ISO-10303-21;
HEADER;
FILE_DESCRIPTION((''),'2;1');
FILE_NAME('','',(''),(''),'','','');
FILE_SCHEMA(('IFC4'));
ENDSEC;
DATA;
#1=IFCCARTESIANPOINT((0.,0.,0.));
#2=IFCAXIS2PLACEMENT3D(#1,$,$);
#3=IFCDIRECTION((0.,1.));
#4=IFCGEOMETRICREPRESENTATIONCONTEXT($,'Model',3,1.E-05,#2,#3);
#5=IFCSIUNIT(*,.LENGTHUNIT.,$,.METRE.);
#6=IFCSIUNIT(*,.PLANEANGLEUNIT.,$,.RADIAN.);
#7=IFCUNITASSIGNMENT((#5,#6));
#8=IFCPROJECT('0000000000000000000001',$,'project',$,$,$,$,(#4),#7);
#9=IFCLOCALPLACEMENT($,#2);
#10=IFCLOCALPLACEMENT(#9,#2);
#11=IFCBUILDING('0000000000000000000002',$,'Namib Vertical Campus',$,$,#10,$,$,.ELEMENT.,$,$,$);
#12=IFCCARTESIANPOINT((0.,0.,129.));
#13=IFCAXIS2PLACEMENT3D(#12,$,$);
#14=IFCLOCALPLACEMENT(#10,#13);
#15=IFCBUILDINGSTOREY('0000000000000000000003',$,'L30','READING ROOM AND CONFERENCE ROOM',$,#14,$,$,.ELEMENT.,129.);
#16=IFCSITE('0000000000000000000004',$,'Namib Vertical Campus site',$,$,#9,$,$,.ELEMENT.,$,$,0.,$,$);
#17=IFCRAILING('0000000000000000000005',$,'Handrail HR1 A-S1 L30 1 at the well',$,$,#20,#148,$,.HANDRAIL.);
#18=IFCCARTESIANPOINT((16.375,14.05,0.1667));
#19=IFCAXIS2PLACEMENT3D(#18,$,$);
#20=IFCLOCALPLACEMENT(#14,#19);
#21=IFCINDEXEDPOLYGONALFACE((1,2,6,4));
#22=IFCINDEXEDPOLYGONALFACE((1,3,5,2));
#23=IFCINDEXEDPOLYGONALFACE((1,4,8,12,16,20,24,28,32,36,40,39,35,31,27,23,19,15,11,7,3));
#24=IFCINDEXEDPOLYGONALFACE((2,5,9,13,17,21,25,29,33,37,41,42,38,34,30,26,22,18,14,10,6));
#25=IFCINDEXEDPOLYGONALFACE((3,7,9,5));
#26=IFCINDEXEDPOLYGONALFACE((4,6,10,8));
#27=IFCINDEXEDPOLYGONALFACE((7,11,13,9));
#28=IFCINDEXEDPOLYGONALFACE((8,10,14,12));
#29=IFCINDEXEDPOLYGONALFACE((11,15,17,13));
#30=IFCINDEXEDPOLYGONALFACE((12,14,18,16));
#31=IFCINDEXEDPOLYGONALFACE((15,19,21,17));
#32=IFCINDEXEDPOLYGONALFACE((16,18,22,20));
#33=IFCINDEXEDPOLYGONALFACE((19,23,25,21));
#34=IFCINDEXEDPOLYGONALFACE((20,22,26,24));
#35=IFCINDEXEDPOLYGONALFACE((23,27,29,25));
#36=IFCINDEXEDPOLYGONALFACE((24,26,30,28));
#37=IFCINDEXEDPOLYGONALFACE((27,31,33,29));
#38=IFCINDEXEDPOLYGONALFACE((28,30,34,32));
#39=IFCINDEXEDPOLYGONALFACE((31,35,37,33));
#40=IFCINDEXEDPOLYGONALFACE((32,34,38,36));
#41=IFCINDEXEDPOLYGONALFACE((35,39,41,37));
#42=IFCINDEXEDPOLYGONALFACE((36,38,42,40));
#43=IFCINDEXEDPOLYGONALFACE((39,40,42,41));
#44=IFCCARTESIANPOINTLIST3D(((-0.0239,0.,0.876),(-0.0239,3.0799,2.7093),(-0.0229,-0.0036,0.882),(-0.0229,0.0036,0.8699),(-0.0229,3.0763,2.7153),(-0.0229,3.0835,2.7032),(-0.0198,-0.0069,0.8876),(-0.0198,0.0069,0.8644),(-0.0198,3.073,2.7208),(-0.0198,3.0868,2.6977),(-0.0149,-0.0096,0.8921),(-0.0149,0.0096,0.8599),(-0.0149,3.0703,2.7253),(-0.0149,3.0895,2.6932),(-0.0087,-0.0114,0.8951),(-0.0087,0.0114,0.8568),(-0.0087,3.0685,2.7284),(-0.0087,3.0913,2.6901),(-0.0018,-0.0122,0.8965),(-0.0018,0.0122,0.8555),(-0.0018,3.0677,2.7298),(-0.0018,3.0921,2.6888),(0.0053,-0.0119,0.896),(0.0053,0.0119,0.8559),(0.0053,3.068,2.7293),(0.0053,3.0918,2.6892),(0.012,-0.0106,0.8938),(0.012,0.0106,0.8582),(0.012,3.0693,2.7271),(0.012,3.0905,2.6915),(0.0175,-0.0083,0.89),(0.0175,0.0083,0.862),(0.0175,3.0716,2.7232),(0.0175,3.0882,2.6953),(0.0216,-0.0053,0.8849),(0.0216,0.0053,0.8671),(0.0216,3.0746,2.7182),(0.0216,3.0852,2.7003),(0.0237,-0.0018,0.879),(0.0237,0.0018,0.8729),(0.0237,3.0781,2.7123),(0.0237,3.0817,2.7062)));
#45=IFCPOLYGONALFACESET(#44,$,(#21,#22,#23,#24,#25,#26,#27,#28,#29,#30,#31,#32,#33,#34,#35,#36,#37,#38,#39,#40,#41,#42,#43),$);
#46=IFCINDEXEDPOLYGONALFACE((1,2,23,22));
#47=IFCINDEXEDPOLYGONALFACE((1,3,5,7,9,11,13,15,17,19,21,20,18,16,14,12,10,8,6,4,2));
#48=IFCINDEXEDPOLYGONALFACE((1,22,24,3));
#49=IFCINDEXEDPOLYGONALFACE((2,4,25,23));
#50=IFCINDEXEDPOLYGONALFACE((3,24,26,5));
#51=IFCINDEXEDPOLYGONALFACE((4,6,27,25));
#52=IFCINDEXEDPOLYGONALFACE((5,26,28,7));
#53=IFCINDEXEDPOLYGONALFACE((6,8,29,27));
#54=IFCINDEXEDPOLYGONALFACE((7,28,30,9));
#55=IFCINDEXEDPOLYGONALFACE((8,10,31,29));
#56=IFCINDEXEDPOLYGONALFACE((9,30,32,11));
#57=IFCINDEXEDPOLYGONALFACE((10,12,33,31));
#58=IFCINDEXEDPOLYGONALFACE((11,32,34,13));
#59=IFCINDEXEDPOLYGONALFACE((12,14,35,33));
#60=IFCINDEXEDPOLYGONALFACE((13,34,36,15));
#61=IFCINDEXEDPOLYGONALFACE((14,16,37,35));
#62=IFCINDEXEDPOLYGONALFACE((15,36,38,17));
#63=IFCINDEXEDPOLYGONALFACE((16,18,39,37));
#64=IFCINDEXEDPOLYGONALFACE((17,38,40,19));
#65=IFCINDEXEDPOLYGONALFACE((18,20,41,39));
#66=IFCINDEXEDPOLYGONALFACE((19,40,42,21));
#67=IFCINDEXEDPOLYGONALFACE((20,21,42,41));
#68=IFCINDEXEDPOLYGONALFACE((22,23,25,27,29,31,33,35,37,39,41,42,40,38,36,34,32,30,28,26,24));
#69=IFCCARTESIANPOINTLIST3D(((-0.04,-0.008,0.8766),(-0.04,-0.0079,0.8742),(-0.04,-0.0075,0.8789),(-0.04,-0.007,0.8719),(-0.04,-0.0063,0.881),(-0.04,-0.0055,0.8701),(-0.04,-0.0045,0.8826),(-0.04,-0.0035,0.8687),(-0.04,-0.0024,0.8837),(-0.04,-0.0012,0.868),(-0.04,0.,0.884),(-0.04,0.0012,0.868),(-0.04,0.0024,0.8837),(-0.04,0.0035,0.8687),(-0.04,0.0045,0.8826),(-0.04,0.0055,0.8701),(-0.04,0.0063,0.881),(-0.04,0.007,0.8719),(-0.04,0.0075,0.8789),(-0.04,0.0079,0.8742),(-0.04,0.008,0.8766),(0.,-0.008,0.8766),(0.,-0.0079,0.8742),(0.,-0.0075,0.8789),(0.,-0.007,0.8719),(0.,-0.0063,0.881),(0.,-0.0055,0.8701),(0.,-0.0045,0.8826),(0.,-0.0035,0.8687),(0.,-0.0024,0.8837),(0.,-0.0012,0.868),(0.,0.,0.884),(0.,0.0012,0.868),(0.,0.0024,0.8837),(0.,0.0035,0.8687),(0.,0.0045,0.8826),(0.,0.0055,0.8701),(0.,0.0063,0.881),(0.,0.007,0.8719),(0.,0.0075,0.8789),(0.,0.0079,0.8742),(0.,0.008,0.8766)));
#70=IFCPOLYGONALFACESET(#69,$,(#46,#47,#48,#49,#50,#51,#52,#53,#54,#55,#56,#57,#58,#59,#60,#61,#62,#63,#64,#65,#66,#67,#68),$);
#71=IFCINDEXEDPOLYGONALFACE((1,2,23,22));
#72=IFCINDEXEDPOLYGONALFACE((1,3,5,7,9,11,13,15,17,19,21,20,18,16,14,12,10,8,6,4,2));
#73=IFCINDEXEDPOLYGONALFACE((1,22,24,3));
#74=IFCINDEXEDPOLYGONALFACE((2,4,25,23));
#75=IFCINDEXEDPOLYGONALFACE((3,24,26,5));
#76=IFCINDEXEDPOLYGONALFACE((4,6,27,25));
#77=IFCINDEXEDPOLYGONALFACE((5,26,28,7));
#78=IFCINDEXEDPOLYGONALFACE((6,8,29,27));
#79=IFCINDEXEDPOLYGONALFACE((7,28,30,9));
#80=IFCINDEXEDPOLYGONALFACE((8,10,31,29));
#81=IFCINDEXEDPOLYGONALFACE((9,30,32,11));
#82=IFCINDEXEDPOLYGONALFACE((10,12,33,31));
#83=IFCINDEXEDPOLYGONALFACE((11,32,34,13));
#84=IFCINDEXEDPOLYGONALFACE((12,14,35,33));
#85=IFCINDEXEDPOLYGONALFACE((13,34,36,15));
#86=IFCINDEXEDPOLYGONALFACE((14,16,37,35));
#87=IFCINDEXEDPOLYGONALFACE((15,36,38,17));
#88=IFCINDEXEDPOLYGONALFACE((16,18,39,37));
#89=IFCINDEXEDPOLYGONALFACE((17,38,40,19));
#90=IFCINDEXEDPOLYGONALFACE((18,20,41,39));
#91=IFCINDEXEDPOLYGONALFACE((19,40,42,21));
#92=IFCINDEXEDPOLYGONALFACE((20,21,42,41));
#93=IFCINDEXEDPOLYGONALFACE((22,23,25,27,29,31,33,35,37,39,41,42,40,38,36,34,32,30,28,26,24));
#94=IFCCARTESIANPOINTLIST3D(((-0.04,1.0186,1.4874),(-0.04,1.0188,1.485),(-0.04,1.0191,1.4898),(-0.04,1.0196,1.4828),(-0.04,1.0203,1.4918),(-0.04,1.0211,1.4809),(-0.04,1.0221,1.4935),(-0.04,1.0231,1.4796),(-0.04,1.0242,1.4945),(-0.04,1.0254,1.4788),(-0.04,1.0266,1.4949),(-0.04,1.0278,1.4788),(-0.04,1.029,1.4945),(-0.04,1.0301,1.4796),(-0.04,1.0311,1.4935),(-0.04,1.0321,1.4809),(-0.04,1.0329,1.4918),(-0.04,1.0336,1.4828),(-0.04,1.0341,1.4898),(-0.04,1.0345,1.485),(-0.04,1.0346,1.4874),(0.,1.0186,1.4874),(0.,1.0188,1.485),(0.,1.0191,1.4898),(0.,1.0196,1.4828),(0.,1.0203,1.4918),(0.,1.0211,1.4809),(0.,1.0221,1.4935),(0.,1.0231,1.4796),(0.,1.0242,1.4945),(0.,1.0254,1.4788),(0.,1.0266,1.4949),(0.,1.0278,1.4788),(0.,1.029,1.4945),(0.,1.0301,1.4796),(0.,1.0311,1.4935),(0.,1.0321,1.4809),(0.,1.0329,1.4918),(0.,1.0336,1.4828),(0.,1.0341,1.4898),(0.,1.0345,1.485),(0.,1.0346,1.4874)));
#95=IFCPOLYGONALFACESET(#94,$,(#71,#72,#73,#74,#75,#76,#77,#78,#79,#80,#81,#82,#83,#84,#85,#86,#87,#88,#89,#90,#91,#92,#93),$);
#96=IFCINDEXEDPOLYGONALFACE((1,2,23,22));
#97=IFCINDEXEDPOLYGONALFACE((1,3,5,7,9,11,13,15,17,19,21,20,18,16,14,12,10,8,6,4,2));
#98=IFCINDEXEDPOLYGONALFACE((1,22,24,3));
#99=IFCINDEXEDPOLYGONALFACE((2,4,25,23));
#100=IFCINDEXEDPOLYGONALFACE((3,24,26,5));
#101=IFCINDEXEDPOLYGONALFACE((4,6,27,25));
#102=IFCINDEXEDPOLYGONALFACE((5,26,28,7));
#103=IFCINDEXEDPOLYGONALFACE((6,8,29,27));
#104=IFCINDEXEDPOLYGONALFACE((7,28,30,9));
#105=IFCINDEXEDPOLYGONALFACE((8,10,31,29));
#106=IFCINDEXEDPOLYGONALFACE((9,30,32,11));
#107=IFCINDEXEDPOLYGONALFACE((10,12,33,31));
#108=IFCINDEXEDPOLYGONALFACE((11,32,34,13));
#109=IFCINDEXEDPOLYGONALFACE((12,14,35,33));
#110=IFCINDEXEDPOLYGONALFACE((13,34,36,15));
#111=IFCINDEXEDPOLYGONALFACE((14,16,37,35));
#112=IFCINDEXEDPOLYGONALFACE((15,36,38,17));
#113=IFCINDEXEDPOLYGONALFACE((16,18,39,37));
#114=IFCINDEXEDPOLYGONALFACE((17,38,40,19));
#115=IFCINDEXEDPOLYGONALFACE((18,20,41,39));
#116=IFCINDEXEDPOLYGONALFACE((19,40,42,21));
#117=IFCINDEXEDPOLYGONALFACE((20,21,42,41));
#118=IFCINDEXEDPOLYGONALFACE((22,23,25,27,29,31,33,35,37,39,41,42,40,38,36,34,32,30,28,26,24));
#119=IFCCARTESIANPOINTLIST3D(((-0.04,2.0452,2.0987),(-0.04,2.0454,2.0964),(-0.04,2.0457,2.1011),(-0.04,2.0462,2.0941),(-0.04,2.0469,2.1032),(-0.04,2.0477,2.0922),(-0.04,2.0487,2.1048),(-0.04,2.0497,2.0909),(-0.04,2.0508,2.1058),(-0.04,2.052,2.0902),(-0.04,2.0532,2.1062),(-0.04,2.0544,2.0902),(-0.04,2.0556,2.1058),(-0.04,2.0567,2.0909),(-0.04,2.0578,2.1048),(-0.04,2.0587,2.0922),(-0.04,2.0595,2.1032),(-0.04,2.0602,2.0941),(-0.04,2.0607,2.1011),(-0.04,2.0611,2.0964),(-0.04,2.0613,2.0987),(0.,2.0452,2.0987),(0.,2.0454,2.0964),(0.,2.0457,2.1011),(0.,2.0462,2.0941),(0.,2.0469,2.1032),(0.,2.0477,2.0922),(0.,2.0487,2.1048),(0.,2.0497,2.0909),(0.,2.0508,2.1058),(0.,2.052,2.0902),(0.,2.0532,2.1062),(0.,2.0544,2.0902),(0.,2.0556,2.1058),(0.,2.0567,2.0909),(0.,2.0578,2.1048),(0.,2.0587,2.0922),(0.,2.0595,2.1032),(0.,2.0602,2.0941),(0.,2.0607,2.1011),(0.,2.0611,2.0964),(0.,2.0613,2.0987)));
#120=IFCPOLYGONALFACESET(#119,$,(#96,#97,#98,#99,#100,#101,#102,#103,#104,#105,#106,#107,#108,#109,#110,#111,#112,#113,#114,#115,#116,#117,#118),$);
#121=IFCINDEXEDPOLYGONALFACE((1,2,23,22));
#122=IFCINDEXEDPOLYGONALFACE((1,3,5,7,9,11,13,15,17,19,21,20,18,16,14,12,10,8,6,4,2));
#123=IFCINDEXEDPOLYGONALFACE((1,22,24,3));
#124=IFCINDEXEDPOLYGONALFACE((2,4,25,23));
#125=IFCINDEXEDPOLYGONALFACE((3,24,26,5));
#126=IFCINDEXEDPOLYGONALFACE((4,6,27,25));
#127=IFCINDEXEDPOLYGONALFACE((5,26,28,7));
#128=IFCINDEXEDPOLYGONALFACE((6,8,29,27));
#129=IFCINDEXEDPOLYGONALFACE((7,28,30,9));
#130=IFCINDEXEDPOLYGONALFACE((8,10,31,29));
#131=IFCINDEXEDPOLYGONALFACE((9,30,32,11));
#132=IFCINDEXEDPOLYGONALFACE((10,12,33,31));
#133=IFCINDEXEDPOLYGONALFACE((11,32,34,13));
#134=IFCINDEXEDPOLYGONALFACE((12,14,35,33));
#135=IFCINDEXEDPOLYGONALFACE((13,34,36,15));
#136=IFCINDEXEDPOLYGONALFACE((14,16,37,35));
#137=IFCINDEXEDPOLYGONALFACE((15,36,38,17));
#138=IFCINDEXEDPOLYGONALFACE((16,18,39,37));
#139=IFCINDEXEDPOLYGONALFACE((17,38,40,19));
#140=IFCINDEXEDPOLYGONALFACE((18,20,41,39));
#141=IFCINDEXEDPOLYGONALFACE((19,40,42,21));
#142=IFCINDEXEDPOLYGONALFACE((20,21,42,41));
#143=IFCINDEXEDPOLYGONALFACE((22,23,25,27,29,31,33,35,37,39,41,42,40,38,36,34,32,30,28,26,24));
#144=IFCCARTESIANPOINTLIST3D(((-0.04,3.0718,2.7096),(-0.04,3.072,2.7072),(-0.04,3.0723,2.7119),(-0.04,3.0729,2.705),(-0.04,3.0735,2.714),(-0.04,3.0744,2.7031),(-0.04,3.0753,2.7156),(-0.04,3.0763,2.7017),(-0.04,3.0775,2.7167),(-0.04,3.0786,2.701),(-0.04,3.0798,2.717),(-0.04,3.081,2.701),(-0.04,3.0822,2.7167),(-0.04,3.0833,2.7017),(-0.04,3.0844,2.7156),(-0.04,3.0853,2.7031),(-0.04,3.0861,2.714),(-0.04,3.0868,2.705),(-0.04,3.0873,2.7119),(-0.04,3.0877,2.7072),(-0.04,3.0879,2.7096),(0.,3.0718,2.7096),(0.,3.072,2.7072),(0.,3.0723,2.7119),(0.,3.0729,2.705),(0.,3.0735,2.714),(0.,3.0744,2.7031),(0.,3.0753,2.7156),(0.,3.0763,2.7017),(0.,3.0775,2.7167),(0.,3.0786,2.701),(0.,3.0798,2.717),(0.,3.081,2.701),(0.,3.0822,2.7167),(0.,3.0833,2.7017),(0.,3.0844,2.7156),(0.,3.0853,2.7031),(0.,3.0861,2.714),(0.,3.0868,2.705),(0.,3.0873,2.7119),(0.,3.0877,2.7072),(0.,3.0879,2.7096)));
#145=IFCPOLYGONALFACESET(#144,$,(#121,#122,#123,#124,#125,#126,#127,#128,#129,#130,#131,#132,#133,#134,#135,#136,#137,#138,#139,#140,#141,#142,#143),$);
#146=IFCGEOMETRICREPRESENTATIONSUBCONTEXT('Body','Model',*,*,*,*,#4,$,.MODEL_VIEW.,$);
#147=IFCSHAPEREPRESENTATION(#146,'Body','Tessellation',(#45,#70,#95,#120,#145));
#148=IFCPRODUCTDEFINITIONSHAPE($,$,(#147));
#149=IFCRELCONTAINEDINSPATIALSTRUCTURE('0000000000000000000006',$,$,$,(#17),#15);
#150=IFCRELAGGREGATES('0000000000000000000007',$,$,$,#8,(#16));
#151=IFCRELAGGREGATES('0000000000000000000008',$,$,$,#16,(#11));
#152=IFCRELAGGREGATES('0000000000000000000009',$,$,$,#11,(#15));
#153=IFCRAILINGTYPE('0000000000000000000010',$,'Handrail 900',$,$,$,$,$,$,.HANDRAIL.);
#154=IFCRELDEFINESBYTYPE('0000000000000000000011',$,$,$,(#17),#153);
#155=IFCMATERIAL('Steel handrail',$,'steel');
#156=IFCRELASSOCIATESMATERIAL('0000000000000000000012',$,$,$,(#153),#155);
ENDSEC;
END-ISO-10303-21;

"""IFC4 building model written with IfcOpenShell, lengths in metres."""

from ifc_helpers import new_model, si_unit, direction, frame, origin, origin_2d, place, context, subcontext, project, spatial, circle, extrude, material, type_object, element, save


model = new_model("IFC4")

# Units and contexts
model_context = context("Model", 3, precision=1e-05, world=origin(), true_north=direction((0.0, 1.0)))
body_context = subcontext(model_context, "Body", "Model", "MODEL_VIEW")
ifc_project = project(units=[si_unit("LENGTHUNIT", "METRE"), si_unit("PLANEANGLEUNIT", "RADIAN")], contexts=[model_context])

# Site, building, storey
site_placement = place(None, origin())
site = spatial("IfcSite", under=ifc_project, at=site_placement, Name="Namib Vertical Campus site", CompositionType="ELEMENT", RefElevation=0.0)
building_placement = place(site_placement, origin())
building = spatial("IfcBuilding", under=site, at=building_placement, Name="Namib Vertical Campus", CompositionType="ELEMENT")
storey_placement = place(building_placement, frame((0.0, 0.0, 129.0)))
storey = spatial("IfcBuildingStorey", under=building, at=storey_placement, Name="L30", Description="READING ROOM AND CONFERENCE ROOM", CompositionType="ELEMENT", Elevation=129.0)

# Railing
ifc_material_1 = material(Name="Steel handrail", Category="steel")
railing_type_1 = type_object("IfcRailingType", Name="Handrail 900", PredefinedType="HANDRAIL", material=ifc_material_1)
railing_1_placement = place(storey_placement, frame((16.375, 14.05, 0.1667)))
element("IfcRailing", 1, at=railing_1_placement, inside=storey, type_object=railing_type_1, Name="Handrail HR1 A-S1 L30 1 at the well", PredefinedType="HANDRAIL", context=body_context, shape_type="SweptSolid", body=[
    extrude(circle(Radius=0.0239, at=origin_2d()), frame((0.0, 0.0, 0.876), z_axis=(0.0, 0.859291, 0.511487), x_axis=(-1.0, 0.0, 0.0)), (0.0, 0.0, 1.0), 3.5842),
    extrude(circle(Radius=0.0081, at=origin_2d()), frame((0.0, 0.0, 0.876), z_axis=(-1.0, 0.0, 0.0), x_axis=(0.0, 0.0, 1.0)), (0.0, 0.0, 1.0), 0.04),
    extrude(circle(Radius=0.0081, at=origin_2d()), frame((0.0, 1.0266, 1.4868), z_axis=(-1.0, 0.0, 0.0), x_axis=(0.0, 0.0, 1.0)), (0.0, 0.0, 1.0), 0.04),
    extrude(circle(Radius=0.0081, at=origin_2d()), frame((0.0, 2.0532, 2.0981), z_axis=(-1.0, 0.0, 0.0), x_axis=(0.0, 0.0, 1.0)), (0.0, 0.0, 1.0), 0.04),
    extrude(circle(Radius=0.0081, at=origin_2d()), frame((0.0, 3.0798, 2.709), z_axis=(-1.0, 0.0, 0.0), x_axis=(0.0, 0.0, 1.0)), (0.0, 0.0, 1.0), 0.04),
])

save(model, "model.ifc")
